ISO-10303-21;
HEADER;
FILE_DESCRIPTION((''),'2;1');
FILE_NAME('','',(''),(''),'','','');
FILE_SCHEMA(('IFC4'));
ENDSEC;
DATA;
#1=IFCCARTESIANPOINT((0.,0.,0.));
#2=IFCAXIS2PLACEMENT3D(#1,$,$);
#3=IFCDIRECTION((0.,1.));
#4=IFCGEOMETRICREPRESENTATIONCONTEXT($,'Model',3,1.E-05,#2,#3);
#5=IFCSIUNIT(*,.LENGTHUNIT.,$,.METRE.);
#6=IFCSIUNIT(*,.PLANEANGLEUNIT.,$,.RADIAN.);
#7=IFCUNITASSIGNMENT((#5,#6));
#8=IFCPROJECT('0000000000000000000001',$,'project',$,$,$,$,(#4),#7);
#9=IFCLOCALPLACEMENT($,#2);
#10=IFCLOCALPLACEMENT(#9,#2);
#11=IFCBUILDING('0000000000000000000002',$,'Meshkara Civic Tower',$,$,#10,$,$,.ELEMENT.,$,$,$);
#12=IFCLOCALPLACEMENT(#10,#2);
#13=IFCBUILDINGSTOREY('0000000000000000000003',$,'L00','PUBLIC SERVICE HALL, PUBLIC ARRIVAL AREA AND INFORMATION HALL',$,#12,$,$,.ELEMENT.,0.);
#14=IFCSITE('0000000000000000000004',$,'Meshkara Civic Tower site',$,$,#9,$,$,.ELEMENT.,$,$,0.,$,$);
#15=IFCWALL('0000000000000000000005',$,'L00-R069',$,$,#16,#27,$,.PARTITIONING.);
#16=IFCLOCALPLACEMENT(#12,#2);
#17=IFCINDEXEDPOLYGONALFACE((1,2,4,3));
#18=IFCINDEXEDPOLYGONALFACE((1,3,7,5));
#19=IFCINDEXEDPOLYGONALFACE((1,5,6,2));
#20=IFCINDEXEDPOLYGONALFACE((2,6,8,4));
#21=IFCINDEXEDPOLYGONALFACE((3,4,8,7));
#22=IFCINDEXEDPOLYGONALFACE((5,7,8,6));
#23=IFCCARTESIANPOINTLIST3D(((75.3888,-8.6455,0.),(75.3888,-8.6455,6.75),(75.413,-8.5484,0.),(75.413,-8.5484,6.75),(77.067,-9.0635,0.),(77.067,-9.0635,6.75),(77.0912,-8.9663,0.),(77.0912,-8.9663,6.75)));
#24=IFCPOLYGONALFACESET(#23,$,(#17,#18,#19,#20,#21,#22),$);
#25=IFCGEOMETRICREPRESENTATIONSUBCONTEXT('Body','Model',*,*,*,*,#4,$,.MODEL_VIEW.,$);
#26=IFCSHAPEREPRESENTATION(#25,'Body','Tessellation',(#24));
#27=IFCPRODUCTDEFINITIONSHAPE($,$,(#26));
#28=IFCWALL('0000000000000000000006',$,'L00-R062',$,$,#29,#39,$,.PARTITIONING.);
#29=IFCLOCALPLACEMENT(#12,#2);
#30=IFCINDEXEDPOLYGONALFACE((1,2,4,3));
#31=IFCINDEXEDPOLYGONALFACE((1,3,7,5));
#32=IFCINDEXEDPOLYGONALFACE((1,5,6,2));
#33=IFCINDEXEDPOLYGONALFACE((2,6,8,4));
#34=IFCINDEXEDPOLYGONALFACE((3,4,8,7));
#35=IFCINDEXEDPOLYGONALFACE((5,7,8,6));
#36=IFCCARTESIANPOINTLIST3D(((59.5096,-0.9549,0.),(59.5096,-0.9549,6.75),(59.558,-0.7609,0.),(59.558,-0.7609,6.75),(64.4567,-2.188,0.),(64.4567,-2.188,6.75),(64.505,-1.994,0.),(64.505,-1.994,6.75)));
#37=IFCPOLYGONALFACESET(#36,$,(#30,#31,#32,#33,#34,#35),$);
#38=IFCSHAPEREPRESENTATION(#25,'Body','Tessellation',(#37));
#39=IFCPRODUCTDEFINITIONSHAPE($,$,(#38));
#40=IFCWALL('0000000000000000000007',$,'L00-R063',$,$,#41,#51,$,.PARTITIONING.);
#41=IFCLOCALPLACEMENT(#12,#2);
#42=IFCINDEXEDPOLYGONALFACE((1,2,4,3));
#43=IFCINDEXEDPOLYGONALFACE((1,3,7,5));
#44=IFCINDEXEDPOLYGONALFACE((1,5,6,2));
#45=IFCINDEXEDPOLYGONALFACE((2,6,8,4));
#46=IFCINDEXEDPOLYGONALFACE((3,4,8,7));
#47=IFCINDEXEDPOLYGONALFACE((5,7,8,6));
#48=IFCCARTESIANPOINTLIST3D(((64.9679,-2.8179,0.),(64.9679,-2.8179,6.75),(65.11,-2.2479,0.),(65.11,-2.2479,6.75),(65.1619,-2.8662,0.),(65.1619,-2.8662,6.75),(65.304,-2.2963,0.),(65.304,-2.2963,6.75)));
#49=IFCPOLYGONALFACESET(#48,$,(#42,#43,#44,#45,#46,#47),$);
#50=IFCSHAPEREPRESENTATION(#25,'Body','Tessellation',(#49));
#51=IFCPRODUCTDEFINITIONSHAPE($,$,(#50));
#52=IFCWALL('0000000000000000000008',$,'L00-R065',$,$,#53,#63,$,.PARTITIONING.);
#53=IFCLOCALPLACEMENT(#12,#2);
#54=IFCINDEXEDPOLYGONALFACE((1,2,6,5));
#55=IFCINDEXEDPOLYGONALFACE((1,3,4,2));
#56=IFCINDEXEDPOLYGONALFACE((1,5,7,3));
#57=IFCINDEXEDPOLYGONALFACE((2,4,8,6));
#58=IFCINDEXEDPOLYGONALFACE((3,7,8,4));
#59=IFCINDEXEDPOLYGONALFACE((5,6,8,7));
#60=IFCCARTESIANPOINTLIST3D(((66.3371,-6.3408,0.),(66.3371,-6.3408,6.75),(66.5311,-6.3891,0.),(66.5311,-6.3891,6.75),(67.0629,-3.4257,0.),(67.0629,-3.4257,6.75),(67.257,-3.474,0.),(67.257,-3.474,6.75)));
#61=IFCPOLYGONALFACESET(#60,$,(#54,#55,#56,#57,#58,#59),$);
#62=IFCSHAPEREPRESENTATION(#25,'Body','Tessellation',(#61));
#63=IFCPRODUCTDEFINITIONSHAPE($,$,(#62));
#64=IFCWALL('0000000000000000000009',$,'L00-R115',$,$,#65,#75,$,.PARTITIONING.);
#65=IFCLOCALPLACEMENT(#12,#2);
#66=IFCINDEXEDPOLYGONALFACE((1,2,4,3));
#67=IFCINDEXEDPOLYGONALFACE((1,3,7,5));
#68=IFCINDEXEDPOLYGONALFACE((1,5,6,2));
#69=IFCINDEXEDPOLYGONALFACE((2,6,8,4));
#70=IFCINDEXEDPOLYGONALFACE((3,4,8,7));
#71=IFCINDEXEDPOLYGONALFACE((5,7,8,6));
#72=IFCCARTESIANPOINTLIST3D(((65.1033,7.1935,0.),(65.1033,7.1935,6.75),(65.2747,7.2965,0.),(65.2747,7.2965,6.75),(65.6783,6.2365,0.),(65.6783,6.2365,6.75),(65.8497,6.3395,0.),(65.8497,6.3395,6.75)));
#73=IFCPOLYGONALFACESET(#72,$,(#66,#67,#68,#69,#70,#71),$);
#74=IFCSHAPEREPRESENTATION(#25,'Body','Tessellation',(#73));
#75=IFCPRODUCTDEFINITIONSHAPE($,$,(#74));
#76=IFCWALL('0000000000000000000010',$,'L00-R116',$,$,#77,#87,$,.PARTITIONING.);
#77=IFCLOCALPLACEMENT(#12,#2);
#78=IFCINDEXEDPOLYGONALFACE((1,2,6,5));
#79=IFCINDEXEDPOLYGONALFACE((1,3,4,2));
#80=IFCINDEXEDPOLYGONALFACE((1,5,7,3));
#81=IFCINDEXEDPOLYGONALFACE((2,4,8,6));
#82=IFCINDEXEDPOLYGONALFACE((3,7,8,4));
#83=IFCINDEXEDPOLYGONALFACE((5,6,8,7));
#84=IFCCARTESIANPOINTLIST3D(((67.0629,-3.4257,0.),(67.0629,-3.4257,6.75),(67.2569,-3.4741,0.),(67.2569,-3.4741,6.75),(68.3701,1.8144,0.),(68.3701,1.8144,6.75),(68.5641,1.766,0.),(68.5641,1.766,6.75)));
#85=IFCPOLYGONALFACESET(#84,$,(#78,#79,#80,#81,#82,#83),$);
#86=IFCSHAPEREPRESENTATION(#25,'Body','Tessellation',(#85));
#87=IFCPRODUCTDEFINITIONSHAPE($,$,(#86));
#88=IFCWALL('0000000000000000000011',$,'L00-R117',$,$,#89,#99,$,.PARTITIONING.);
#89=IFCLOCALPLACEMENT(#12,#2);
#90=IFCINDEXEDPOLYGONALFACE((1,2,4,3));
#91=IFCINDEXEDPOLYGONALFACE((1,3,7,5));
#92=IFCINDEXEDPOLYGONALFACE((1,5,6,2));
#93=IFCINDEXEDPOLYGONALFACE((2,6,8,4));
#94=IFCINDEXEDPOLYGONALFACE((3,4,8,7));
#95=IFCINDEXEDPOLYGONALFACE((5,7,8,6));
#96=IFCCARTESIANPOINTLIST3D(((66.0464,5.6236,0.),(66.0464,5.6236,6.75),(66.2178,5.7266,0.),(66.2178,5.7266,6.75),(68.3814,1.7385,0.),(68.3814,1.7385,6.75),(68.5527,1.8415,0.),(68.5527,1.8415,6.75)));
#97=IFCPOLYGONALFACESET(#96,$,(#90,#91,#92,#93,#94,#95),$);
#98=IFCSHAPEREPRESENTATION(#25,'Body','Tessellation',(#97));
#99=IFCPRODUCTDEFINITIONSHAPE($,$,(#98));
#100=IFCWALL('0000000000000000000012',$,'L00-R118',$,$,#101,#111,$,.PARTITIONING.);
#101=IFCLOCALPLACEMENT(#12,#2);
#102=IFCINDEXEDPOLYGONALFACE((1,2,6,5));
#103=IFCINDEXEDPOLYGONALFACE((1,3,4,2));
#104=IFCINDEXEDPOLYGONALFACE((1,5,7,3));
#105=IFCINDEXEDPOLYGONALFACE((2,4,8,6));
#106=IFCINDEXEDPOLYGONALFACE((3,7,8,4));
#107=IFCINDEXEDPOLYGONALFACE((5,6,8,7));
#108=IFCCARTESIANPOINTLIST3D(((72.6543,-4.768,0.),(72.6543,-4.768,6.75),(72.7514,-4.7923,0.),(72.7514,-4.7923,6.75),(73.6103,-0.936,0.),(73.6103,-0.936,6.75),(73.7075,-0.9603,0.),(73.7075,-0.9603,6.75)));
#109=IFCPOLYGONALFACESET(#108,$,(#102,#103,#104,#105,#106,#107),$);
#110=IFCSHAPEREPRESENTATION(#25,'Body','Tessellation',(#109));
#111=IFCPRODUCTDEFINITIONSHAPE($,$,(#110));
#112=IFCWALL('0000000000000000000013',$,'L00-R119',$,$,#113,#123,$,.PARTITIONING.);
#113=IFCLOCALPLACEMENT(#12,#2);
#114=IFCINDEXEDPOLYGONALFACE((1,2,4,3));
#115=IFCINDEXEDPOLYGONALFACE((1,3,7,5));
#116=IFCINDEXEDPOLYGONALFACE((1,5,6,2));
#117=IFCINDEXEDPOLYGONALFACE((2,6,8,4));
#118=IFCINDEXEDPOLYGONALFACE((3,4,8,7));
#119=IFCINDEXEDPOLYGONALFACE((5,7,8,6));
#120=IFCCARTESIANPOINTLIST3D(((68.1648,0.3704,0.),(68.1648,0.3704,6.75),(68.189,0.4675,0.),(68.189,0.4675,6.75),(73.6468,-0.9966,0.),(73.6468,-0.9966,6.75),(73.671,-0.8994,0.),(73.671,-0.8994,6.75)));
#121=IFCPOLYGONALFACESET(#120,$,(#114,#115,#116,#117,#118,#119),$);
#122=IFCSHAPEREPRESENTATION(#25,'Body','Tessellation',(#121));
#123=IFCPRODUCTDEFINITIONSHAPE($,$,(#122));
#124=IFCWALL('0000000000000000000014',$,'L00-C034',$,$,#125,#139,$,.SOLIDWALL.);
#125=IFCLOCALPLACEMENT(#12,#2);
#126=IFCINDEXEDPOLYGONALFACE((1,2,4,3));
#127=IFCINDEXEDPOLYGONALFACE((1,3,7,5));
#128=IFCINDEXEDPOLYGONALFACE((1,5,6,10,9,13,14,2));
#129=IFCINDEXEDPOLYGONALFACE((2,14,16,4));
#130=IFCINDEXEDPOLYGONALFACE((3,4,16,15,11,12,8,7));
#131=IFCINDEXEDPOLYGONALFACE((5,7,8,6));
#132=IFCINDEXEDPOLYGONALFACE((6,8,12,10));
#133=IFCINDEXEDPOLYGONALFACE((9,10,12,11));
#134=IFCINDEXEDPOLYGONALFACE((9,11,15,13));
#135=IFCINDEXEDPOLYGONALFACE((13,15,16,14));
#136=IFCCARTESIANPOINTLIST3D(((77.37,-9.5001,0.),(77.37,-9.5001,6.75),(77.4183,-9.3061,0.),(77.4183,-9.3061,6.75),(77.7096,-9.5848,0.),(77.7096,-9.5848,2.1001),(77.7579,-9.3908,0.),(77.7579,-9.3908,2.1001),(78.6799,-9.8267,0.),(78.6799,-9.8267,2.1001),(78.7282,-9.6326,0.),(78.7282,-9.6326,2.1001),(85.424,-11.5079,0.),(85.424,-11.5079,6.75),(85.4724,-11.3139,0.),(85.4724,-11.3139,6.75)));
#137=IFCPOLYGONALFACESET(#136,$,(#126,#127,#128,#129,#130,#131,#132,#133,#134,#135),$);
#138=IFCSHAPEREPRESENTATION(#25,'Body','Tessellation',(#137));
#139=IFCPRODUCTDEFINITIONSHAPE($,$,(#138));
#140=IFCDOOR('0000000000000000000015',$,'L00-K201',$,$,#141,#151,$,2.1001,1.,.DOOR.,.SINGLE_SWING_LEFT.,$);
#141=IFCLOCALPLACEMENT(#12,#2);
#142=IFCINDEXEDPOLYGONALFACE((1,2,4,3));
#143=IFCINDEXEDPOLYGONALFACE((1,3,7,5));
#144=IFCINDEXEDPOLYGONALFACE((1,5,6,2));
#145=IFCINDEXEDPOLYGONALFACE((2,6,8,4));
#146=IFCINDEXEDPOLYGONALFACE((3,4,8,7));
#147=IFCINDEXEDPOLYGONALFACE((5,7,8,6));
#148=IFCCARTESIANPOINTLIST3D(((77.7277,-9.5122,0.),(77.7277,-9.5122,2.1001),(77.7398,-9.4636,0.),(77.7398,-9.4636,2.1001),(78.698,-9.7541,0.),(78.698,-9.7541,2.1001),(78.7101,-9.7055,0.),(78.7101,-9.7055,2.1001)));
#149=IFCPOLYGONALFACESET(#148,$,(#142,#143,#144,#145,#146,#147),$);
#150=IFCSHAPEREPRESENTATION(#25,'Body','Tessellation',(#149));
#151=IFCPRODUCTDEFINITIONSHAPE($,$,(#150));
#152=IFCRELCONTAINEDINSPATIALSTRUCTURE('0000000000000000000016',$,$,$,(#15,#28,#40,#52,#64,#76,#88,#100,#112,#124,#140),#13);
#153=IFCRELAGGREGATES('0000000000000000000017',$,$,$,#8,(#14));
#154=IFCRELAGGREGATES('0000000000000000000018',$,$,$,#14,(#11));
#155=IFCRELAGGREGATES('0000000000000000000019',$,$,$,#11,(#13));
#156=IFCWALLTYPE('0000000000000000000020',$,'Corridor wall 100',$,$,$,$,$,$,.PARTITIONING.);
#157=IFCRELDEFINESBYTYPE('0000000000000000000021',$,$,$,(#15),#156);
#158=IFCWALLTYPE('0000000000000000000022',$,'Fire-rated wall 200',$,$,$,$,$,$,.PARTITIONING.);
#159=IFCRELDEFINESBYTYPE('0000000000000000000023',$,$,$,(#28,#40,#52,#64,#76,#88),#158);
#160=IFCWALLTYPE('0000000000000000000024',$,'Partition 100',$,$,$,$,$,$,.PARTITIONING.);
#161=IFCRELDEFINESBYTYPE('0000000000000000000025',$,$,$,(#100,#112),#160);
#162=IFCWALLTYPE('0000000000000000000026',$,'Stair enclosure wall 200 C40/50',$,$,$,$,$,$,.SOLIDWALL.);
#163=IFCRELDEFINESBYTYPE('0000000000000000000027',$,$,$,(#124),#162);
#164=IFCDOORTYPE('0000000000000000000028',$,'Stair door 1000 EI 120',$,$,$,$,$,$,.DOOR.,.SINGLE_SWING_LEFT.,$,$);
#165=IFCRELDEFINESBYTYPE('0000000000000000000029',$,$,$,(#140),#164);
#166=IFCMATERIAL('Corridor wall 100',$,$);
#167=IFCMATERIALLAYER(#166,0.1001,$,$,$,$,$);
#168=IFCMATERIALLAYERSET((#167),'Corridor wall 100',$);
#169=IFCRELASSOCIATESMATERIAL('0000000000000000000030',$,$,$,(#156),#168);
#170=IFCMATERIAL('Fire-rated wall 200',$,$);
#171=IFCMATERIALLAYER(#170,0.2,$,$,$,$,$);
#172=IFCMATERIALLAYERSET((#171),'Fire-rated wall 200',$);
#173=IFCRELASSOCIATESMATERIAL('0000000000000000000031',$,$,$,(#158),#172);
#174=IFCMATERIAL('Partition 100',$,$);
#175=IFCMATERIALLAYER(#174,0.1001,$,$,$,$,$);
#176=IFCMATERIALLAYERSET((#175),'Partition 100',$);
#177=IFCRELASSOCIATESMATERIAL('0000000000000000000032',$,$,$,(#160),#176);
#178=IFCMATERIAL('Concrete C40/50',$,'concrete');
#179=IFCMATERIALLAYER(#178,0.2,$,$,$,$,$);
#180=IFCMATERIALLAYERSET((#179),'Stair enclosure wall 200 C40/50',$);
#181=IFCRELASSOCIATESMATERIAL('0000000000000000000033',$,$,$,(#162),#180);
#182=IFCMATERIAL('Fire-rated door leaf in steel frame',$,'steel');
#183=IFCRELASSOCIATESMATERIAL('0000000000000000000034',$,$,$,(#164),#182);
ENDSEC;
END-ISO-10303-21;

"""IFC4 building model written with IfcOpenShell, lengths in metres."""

from ifc_helpers import new_model, si_unit, direction, frame, frame_2d, origin, place, context, subcontext, project, spatial, rectangle, extrude, material, layer, layer_set, type_object, element, fill, save


model = new_model("IFC4")

# Units and contexts
model_context = context("Model", 3, precision=1e-05, world=origin(), true_north=direction((0.0, 1.0)))
body_context = subcontext(model_context, "Body", "Model", "MODEL_VIEW")
ifc_project = project(units=[si_unit("LENGTHUNIT", "METRE"), si_unit("PLANEANGLEUNIT", "RADIAN")], contexts=[model_context])

# Site, building, storey
site_placement = place(None, origin())
site = spatial("IfcSite", under=ifc_project, at=site_placement, Name="Meshkara Civic Tower site", CompositionType="ELEMENT", RefElevation=0.0)
building_placement = place(site_placement, origin())
building = spatial("IfcBuilding", under=site, at=building_placement, Name="Meshkara Civic Tower", CompositionType="ELEMENT")
storey_placement = place(building_placement, origin())
storey = spatial("IfcBuildingStorey", under=building, at=storey_placement, Name="L00", Description="PUBLIC SERVICE HALL, PUBLIC ARRIVAL AREA AND INFORMATION HALL", CompositionType="ELEMENT", Elevation=0.0)

# Shared definitions
ifc_material_1 = material(Name="Corridor wall 100")
ifc_layer_1 = layer(ifc_material_1, 0.1001)
ifc_layer_set_1 = layer_set([ifc_layer_1], Name="Corridor wall 100")
wall_type_1 = type_object("IfcWallType", Name="Corridor wall 100", PredefinedType="PARTITIONING", material=ifc_layer_set_1)

# Walls
wall_1_placement = place(storey_placement, frame((75.4009, -8.5969, 0.0), z_axis=(0.0, 0.0, 1.0), x_axis=(0.970358, -0.241672, 0.0)))
element("IfcWall", 1, at=wall_1_placement, inside=storey, type_object=wall_type_1, Name="L00-R069", PredefinedType="PARTITIONING", context=body_context, shape_type="SweptSolid", body=[
    extrude(rectangle(XDim=1.7295, YDim=0.1001, at=frame_2d((0.8647, 0.0))), origin(), (0.0, 0.0, 1.0), 6.75),
])
ifc_material_2 = material(Name="Fire-rated wall 200")
ifc_layer_2 = layer(ifc_material_2, 0.2)
ifc_layer_set_2 = layer_set([ifc_layer_2], Name="Fire-rated wall 200")
wall_type_2 = type_object("IfcWallType", Name="Fire-rated wall 200", PredefinedType="PARTITIONING", material=ifc_layer_set_2)
wall_2_placement = place(storey_placement, frame((64.481, -2.0911, 0.0), z_axis=(0.0, 0.0, 1.0), x_axis=(-0.970308, 0.241871, 0.0)))
element("IfcWall", 2, at=wall_2_placement, inside=storey, type_object=wall_type_2, Name="L00-R062", PredefinedType="PARTITIONING", context=body_context, shape_type="SweptSolid", body=[
    extrude(rectangle(XDim=5.0984, YDim=0.2, at=frame_2d((2.5493, 0.0))), origin(), (0.0, 0.0, 1.0), 6.75),
])
wall_3_placement = place(storey_placement, frame((65.0649, -2.842, 0.0), z_axis=(0.0, 0.0, 1.0), x_axis=(0.241851, 0.970313, 0.0)))
element("IfcWall", 3, at=wall_3_placement, inside=storey, type_object=wall_type_2, Name="L00-R063", PredefinedType="PARTITIONING", context=body_context, shape_type="SweptSolid", body=[
    extrude(rectangle(XDim=0.5874, YDim=0.2, at=frame_2d((0.2937, 0.0))), origin(), (0.0, 0.0, 1.0), 6.75),
])
wall_4_placement = place(storey_placement, frame((67.1599, -3.45, 0.0), z_axis=(0.0, 0.0, 1.0), x_axis=(-0.241618, -0.970372, 0.0)))
element("IfcWall", 4, at=wall_4_placement, inside=storey, type_object=wall_type_2, Name="L00-R065", PredefinedType="PARTITIONING", context=body_context, shape_type="SweptSolid", body=[
    extrude(rectangle(XDim=3.0042, YDim=0.2, at=frame_2d((1.502, 0.0))), origin(), (0.0, 0.0, 1.0), 6.75),
])
wall_5_placement = place(storey_placement, frame((65.7639, 6.2881, 0.0), z_axis=(0.0, 0.0, 1.0), x_axis=(-0.514978, 0.857203, 0.0)))
element("IfcWall", 5, at=wall_5_placement, inside=storey, type_object=wall_type_2, Name="L00-R115", PredefinedType="PARTITIONING", context=body_context, shape_type="SweptSolid", body=[
    extrude(rectangle(XDim=1.1165, YDim=0.2, at=frame_2d((0.5581, 0.0))), origin(), (0.0, 0.0, 1.0), 6.75),
])
wall_6_placement = place(storey_placement, frame((68.467, 1.79, 0.0), z_axis=(0.0, 0.0, 1.0), x_axis=(-0.242036, -0.970267, 0.0)))
element("IfcWall", 6, at=wall_6_placement, inside=storey, type_object=wall_type_2, Name="L00-R116", PredefinedType="PARTITIONING", context=body_context, shape_type="SweptSolid", body=[
    extrude(rectangle(XDim=5.4006, YDim=0.2, at=frame_2d((2.7002, 0.0))), origin(), (0.0, 0.0, 1.0), 6.75),
])
wall_7_placement = place(storey_placement, frame((68.467, 1.79, 0.0), z_axis=(0.0, 0.0, 1.0), x_axis=(-0.515137, 0.857108, 0.0)))
element("IfcWall", 7, at=wall_7_placement, inside=storey, type_object=wall_type_2, Name="L00-R117", PredefinedType="PARTITIONING", context=body_context, shape_type="SweptSolid", body=[
    extrude(rectangle(XDim=4.5327, YDim=0.2, at=frame_2d((2.2664, 0.0))), origin(), (0.0, 0.0, 1.0), 6.75),
])
ifc_material_3 = material(Name="Partition 100")
ifc_layer_3 = layer(ifc_material_3, 0.1001)
ifc_layer_set_3 = layer_set([ifc_layer_3], Name="Partition 100")
wall_type_3 = type_object("IfcWallType", Name="Partition 100", PredefinedType="PARTITIONING", material=ifc_layer_set_3)
wall_8_placement = place(storey_placement, frame((72.7029, -4.78, 0.0), z_axis=(0.0, 0.0, 1.0), x_axis=(0.24207, 0.970259, 0.0)))
element("IfcWall", 8, at=wall_8_placement, inside=storey, type_object=wall_type_3, Name="L00-R118", PredefinedType="PARTITIONING", context=body_context, shape_type="SweptSolid", body=[
    extrude(rectangle(XDim=3.9495, YDim=0.1001, at=frame_2d((1.9746, 0.0))), origin(), (0.0, 0.0, 1.0), 6.75),
])
wall_9_placement = place(storey_placement, frame((73.6589, -0.948, 0.0), z_axis=(0.0, 0.0, 1.0), x_axis=(-0.97029, 0.241946, 0.0)))
element("IfcWall", 9, at=wall_9_placement, inside=storey, type_object=wall_type_3, Name="L00-R119", PredefinedType="PARTITIONING", context=body_context, shape_type="SweptSolid", body=[
    extrude(rectangle(XDim=5.6499, YDim=0.1001, at=frame_2d((2.825, 0.0))), origin(), (0.0, 0.0, 1.0), 6.75),
])

# Wall, opening, door
ifc_material_4 = material(Name="Concrete C40/50", Category="concrete")
ifc_layer_4 = layer(ifc_material_4, 0.2)
ifc_layer_set_4 = layer_set([ifc_layer_4], Name="Stair enclosure wall 200 C40/50")
wall_type_4 = type_object("IfcWallType", Name="Stair enclosure wall 200 C40/50", PredefinedType="SOLIDWALL", material=ifc_layer_set_4)
wall_10_placement = place(storey_placement, frame((77.394, -9.4031, 0.0), z_axis=(0.0, 0.0, 1.0), x_axis=(0.970303, -0.241892, 0.0)))
wall_10 = element("IfcWall", 10, at=wall_10_placement, inside=storey, type_object=wall_type_4, Name="L00-C034", PredefinedType="SOLIDWALL", context=body_context, shape_type="SweptSolid", body=[
    extrude(rectangle(XDim=8.3005, YDim=0.2, at=frame_2d((4.1504, 0.0))), origin(), (0.0, 0.0, 1.0), 6.75),
])
opening_1_placement = place(wall_10_placement, frame((0.3501, 0.0, 0.0)))
opening_1 = element("IfcOpeningElement", 11, at=opening_1_placement, cuts=wall_10, PredefinedType="OPENING", context=body_context, shape_type="SweptSolid", body=[
    extrude(rectangle(XDim=1.0, YDim=2.1001, at=frame_2d((0.5, 1.05))), frame((0.0, 0.1099, 0.0), z_axis=(0.0, -1.0, 0.0), x_axis=(1.0, 0.0, 0.0)), (0.0, 0.0, 1.0), 0.22),
])
ifc_material_5 = material(Name="Fire-rated door leaf in steel frame", Category="steel")
door_type_1 = type_object("IfcDoorType", Name="Stair door 1000 EI 120", OperationType="SINGLE_SWING_LEFT", PredefinedType="DOOR", material=ifc_material_5)
door_1_placement = place(opening_1_placement, origin())
door_1 = element("IfcDoor", 12, at=door_1_placement, inside=storey, type_object=door_type_1, Name="L00-K201", OperationType="SINGLE_SWING_LEFT", OverallHeight=2.1001, OverallWidth=1.0, PredefinedType="DOOR", context=body_context, shape_type="SweptSolid", body=[
    extrude(rectangle(XDim=1.0, YDim=2.1001, at=frame_2d((0.5, 1.05))), frame((0.0, 0.0249, 0.0), z_axis=(0.0, -1.0, 0.0), x_axis=(1.0, 0.0, 0.0)), (0.0, 0.0, 1.0), 0.05),
])
fill(opening_1, door_1)

save(model, "model.ifc")
